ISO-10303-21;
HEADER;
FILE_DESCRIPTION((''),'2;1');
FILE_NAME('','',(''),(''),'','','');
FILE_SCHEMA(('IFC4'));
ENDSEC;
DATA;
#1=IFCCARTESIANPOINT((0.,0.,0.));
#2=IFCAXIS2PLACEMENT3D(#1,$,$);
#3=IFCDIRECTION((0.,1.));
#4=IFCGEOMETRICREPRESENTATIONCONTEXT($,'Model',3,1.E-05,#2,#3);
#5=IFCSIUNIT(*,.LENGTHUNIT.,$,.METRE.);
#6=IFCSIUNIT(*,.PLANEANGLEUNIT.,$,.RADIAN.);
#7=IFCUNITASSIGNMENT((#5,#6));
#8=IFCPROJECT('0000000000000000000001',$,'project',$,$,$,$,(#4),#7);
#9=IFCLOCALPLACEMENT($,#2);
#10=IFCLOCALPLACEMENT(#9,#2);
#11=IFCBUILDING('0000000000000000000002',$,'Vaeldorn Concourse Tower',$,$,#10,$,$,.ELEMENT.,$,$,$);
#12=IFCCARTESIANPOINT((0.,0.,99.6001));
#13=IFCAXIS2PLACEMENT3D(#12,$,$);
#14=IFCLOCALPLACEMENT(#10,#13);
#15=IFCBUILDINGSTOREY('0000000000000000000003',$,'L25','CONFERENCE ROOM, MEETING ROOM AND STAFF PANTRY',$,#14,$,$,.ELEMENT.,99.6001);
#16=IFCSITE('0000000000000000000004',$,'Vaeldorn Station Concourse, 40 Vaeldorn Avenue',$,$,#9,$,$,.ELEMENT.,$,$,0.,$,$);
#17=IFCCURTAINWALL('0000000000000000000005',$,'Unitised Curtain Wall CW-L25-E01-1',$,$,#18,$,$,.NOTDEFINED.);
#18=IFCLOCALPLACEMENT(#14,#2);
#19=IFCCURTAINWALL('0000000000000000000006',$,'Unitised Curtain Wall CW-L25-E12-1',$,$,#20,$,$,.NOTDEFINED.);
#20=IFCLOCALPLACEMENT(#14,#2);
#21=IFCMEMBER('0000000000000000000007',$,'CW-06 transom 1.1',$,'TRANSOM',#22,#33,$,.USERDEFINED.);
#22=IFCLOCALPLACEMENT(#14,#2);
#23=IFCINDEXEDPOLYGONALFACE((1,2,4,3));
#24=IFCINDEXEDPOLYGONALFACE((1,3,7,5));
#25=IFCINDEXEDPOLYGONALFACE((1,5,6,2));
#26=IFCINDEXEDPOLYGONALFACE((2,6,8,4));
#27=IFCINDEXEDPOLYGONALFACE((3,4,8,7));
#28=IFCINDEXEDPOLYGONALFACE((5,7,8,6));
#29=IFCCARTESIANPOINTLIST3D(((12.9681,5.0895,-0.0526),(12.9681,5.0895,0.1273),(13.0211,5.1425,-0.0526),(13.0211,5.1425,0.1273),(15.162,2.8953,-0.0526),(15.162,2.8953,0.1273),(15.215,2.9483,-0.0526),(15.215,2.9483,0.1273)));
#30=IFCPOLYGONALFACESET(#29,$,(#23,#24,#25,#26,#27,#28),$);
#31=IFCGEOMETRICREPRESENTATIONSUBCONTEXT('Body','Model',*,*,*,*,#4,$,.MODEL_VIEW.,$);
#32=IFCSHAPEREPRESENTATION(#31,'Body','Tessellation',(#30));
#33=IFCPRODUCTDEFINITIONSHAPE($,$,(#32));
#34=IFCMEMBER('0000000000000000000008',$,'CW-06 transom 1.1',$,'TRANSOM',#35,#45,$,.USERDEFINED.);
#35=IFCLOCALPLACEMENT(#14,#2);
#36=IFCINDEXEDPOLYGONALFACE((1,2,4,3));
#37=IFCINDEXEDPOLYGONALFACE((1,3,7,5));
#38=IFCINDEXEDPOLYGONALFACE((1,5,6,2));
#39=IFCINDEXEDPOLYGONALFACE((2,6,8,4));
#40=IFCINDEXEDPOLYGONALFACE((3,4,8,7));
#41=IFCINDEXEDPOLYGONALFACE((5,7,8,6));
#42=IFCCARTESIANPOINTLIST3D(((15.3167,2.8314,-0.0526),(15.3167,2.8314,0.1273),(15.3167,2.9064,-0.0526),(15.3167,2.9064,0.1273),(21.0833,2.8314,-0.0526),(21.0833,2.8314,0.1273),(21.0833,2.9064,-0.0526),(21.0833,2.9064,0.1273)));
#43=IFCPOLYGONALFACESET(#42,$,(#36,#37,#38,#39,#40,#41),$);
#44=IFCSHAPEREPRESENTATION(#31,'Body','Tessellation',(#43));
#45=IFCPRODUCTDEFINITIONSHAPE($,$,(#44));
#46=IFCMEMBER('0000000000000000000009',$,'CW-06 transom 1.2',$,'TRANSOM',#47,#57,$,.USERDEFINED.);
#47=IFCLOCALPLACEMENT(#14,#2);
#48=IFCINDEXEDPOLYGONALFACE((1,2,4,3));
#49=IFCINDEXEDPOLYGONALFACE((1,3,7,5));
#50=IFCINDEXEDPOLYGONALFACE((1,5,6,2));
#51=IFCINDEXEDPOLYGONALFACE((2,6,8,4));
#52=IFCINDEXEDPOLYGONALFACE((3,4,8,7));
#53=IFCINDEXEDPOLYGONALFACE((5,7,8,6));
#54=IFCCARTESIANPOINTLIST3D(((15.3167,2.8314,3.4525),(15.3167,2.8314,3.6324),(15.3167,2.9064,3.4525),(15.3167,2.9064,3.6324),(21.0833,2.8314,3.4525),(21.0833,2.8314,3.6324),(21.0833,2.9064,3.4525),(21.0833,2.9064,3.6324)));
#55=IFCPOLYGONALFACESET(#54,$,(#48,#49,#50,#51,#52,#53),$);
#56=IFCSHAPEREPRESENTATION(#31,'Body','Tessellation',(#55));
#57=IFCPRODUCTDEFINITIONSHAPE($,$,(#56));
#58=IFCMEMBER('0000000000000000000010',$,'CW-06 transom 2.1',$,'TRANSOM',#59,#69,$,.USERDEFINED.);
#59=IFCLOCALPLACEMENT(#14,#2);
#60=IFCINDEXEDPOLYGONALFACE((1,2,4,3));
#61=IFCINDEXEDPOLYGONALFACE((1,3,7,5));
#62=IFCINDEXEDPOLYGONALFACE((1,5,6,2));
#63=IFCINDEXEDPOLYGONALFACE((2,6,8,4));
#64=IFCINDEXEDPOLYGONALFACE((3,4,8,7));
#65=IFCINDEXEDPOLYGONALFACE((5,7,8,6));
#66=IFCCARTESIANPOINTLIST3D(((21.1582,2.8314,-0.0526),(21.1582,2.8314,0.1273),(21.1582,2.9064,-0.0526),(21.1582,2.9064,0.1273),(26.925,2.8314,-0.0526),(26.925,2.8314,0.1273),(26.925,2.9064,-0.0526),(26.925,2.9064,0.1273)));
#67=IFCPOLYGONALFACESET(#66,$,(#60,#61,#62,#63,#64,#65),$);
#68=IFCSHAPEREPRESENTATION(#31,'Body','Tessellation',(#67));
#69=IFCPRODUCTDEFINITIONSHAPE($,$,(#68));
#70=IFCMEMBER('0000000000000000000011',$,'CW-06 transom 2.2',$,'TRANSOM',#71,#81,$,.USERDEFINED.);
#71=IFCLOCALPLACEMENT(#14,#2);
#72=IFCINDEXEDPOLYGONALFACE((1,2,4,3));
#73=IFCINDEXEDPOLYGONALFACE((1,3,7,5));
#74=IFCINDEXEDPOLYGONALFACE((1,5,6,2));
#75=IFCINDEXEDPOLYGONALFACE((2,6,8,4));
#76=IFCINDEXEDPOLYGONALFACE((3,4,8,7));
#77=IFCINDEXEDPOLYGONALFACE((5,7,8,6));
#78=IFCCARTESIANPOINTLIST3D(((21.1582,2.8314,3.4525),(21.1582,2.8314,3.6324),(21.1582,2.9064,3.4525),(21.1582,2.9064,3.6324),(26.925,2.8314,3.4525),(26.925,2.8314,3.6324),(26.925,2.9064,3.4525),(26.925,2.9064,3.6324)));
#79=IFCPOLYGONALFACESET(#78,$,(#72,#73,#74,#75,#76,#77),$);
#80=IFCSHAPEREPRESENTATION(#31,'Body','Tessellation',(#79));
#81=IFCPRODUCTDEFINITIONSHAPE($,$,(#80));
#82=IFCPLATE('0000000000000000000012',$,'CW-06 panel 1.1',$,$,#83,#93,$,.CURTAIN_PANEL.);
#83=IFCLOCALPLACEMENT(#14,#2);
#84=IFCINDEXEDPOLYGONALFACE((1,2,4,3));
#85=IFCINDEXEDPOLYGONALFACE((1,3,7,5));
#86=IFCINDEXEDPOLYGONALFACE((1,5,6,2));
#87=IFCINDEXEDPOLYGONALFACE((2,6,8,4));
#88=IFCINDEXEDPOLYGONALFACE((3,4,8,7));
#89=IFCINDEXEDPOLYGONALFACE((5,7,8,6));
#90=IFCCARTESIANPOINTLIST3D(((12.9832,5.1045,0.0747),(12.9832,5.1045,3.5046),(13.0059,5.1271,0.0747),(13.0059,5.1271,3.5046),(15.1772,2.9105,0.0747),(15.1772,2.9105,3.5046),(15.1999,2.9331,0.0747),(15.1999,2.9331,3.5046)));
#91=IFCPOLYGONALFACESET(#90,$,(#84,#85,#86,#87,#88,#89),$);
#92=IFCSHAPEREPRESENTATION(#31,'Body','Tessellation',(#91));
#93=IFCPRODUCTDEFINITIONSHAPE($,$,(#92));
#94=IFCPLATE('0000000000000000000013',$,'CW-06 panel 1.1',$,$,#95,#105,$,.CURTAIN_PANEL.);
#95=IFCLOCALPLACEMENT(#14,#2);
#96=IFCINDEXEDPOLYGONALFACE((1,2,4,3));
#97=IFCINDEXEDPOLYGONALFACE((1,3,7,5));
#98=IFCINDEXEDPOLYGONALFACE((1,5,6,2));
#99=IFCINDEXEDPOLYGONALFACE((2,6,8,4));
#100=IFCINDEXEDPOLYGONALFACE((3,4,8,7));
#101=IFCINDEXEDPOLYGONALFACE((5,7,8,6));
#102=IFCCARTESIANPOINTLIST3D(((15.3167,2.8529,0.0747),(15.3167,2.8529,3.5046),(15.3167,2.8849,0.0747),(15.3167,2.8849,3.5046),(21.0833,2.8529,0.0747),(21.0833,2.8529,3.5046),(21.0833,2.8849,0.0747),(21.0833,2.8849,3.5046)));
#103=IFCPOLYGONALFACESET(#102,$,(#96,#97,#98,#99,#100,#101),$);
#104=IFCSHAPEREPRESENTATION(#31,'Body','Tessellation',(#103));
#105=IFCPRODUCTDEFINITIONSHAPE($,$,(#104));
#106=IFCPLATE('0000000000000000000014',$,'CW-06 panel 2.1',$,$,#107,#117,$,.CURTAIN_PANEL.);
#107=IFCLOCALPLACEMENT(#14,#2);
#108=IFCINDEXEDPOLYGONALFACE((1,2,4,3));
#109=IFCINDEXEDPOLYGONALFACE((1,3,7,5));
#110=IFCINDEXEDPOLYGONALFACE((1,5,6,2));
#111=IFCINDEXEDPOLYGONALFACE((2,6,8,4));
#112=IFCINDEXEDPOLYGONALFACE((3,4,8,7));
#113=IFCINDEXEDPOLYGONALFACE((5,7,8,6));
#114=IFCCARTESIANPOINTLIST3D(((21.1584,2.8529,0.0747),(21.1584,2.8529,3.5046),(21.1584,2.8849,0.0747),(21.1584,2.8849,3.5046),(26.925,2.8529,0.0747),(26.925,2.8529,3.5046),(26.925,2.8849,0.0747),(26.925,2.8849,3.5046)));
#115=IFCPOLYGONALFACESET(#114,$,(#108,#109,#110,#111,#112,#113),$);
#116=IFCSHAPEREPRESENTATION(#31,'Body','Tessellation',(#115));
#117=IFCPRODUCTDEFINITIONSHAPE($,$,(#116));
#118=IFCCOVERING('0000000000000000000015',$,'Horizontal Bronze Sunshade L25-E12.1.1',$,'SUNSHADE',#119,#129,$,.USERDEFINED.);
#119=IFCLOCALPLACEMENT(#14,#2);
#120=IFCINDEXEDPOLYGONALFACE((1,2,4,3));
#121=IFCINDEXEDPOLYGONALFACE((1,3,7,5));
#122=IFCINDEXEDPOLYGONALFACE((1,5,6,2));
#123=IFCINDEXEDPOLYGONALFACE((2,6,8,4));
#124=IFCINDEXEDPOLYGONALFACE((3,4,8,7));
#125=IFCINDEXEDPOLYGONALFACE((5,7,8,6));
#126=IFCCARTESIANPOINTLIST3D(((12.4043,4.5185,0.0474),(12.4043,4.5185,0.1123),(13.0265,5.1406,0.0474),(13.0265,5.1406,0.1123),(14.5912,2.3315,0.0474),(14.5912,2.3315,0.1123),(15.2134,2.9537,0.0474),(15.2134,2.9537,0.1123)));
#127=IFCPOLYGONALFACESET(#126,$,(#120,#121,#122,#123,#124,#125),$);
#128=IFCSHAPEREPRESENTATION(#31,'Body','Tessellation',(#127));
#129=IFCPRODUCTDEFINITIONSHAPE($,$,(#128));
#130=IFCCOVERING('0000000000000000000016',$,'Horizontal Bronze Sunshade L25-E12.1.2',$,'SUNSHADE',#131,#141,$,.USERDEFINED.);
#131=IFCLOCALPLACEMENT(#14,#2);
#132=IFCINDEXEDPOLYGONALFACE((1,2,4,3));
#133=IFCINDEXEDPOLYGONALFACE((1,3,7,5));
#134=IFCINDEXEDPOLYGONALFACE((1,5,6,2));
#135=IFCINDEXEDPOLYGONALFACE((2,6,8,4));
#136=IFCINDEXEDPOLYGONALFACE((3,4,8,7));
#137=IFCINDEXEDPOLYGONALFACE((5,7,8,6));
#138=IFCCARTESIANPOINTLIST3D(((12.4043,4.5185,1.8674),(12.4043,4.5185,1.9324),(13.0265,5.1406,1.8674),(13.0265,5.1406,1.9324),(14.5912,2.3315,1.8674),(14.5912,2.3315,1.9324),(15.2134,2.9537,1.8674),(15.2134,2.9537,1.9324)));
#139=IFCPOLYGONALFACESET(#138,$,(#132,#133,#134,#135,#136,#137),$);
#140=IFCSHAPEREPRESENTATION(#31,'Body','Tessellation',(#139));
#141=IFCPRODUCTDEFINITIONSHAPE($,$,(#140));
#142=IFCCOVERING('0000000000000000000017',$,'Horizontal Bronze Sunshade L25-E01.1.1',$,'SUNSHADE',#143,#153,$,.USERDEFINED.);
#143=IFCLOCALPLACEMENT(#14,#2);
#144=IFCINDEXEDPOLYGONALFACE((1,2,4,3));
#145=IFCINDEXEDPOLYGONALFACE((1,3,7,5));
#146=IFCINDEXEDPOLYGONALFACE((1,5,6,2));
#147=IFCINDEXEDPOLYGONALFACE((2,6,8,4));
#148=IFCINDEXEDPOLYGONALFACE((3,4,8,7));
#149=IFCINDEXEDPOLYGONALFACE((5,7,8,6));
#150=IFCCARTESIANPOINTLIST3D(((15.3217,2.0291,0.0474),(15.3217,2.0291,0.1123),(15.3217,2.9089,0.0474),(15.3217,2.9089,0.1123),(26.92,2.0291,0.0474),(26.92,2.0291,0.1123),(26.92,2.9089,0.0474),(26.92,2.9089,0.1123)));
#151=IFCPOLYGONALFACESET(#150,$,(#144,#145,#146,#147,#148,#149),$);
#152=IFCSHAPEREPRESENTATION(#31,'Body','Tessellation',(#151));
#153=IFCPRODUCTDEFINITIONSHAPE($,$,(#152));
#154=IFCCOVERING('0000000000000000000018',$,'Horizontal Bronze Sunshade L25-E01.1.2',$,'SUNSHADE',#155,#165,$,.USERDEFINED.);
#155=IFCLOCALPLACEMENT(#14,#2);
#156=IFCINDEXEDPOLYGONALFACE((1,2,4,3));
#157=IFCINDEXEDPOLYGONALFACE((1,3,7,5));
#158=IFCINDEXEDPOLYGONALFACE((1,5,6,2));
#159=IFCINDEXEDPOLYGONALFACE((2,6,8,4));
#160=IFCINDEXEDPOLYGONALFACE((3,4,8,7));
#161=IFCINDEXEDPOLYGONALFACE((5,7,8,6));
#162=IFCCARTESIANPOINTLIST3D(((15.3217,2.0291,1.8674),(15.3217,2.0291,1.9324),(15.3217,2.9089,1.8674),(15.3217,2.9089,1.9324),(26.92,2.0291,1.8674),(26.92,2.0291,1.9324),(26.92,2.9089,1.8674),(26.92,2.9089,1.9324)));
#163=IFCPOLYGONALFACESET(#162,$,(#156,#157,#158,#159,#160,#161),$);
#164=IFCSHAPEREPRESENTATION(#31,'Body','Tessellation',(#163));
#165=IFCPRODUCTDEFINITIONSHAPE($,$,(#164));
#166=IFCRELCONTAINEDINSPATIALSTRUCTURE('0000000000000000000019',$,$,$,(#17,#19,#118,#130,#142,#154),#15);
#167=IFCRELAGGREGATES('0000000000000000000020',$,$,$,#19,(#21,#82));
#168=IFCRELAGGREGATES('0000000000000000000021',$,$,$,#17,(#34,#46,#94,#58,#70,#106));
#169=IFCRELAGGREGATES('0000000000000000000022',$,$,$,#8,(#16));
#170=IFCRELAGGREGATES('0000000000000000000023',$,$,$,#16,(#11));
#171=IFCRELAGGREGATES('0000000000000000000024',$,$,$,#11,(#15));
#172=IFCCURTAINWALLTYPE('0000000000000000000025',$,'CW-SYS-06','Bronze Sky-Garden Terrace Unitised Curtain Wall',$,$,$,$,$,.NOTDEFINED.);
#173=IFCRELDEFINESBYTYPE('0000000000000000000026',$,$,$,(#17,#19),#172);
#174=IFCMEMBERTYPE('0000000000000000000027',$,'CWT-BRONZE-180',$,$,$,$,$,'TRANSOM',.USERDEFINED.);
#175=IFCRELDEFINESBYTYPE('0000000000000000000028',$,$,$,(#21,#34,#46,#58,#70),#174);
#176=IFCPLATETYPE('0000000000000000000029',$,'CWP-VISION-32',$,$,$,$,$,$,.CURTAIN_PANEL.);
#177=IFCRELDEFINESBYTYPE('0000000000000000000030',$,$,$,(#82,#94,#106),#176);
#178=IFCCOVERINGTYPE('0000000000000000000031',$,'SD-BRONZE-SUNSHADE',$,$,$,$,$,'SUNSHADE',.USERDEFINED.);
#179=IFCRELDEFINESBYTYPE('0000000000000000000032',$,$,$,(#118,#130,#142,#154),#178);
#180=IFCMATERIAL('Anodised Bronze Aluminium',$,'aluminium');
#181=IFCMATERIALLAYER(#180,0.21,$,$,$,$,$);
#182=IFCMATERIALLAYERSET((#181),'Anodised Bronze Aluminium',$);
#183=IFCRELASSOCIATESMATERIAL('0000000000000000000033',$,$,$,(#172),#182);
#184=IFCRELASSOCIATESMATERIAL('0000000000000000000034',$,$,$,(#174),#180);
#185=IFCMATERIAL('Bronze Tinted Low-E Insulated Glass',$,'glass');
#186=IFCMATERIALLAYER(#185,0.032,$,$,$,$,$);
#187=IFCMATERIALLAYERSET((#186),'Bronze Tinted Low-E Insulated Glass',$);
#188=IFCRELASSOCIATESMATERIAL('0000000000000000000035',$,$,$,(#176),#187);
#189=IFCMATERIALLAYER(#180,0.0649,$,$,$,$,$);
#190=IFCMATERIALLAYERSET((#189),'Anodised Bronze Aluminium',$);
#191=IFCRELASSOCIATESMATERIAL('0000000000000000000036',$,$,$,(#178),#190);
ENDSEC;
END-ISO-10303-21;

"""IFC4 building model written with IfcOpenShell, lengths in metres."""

from ifc_helpers import new_model, si_unit, direction, frame, origin, origin_2d, place, context, subcontext, project, spatial, rectangle, extrude, source, transform, mapped, material, layer, layer_set, material_profile, profile_set, type_object, element, aggregate, save


model = new_model("IFC4")

# Units and contexts
model_context = context("Model", 3, precision=1e-05, world=origin(), true_north=direction((0.0, 1.0)))
body_context = subcontext(model_context, "Body", "Model", "MODEL_VIEW")
ifc_project = project(units=[si_unit("LENGTHUNIT", "METRE"), si_unit("PLANEANGLEUNIT", "RADIAN")], contexts=[model_context])

# Site, building, storey
site_placement = place(None, origin())
site = spatial("IfcSite", under=ifc_project, at=site_placement, Name="Vaeldorn Station Concourse, 40 Vaeldorn Avenue", CompositionType="ELEMENT", RefElevation=0.0)
building_placement = place(site_placement, origin())
building = spatial("IfcBuilding", under=site, at=building_placement, Name="Vaeldorn Concourse Tower", CompositionType="ELEMENT")
storey_placement = place(building_placement, frame((0.0, 0.0, 99.6001)))
storey = spatial("IfcBuildingStorey", under=building, at=storey_placement, Name="L25", Description="CONFERENCE ROOM, MEETING ROOM AND STAFF PANTRY", CompositionType="ELEMENT", Elevation=99.6001)

# Curtain wall
ifc_material_1 = material(Name="Anodised Bronze Aluminium", Category="aluminium")
ifc_layer_1 = layer(ifc_material_1, 0.21)
ifc_layer_set_1 = layer_set([ifc_layer_1], Name="Anodised Bronze Aluminium")
curtain_wall_type = type_object("IfcCurtainWallType", Name="CW-SYS-06", Description="Bronze Sky-Garden Terrace Unitised Curtain Wall", PredefinedType="NOTDEFINED", material=ifc_layer_set_1)
curtain_wall_1_placement = place(storey_placement, origin())
curtain_wall_1 = element("IfcCurtainWall", 1, at=curtain_wall_1_placement, inside=storey, type_object=curtain_wall_type, Name="Unitised Curtain Wall CW-L25-E01-1", PredefinedType="NOTDEFINED")

# Curtain wall
curtain_wall_2_placement = place(storey_placement, origin())
curtain_wall_2 = element("IfcCurtainWall", 2, at=curtain_wall_2_placement, inside=storey, type_object=curtain_wall_type, Name="Unitised Curtain Wall CW-L25-E12-1", PredefinedType="NOTDEFINED")

# Members
ifc_material_profile_1 = material_profile(ifc_material_1, rectangle(XDim=0.075, YDim=0.1799, at=origin_2d()), Name="CWT 75x180")
ifc_profile_set_1 = profile_set([ifc_material_profile_1], Name="Anodised Bronze Aluminium")
member_type_1 = type_object("IfcMemberType", Name="CWT-BRONZE-180", ElementType="TRANSOM", PredefinedType="USERDEFINED", material=ifc_profile_set_1)
shared_shape_1 = source(origin(), body_context, "Body", "SweptSolid", [
    extrude(rectangle(XDim=0.075, YDim=0.1799, at=origin_2d()), origin(), (0.0, 0.0, 1.0), 3.1028),
])
member_1_placement = place(storey_placement, frame((12.9946, 5.116, 0.0374), z_axis=(0.707067, -0.707146, 0.0), x_axis=(0.707146, 0.707067, 0.0)))
member_1 = element("IfcMember", 3, at=member_1_placement, type_object=member_type_1, Name="CW-06 transom 1.1", ObjectType="TRANSOM", PredefinedType="USERDEFINED", context=body_context, shape_type="MappedRepresentation", body=[
    mapped(shared_shape_1, transform((0.0, 0.0, 0.0), scale=1.0)),
])
shared_shape_2 = source(origin(), body_context, "Body", "SweptSolid", [
    extrude(rectangle(XDim=0.075, YDim=0.1799, at=origin_2d()), origin(), (0.0, 0.0, 1.0), 5.7666),
])
member_2_placement = place(storey_placement, frame((15.3167, 2.8689, 0.0374), z_axis=(1.0, 0.0, 0.0), x_axis=(0.0, 1.0, 0.0)))
member_2 = element("IfcMember", 4, at=member_2_placement, type_object=member_type_1, Name="CW-06 transom 1.1", ObjectType="TRANSOM", PredefinedType="USERDEFINED", context=body_context, shape_type="MappedRepresentation", body=[
    mapped(shared_shape_2, transform((0.0, 0.0, 0.0), scale=1.0)),
])
member_3_placement = place(storey_placement, frame((15.3167, 2.8689, 3.5425), z_axis=(1.0, 0.0, 0.0), x_axis=(0.0, 1.0, 0.0)))
member_3 = element("IfcMember", 5, at=member_3_placement, type_object=member_type_1, Name="CW-06 transom 1.2", ObjectType="TRANSOM", PredefinedType="USERDEFINED", context=body_context, shape_type="MappedRepresentation", body=[
    mapped(shared_shape_2, transform((0.0, 0.0, 0.0), scale=1.0)),
])
shared_shape_3 = source(origin(), body_context, "Body", "SweptSolid", [
    extrude(rectangle(XDim=0.075, YDim=0.1799, at=origin_2d()), origin(), (0.0, 0.0, 1.0), 5.7668),
])
member_4_placement = place(storey_placement, frame((21.1582, 2.8689, 0.0374), z_axis=(1.0, 0.0, 0.0), x_axis=(0.0, 1.0, 0.0)))
member_4 = element("IfcMember", 6, at=member_4_placement, type_object=member_type_1, Name="CW-06 transom 2.1", ObjectType="TRANSOM", PredefinedType="USERDEFINED", context=body_context, shape_type="MappedRepresentation", body=[
    mapped(shared_shape_3, transform((0.0, 0.0, 0.0), scale=1.0)),
])
member_5_placement = place(storey_placement, frame((21.1582, 2.8689, 3.5425), z_axis=(1.0, 0.0, 0.0), x_axis=(0.0, 1.0, 0.0)))
member_5 = element("IfcMember", 7, at=member_5_placement, type_object=member_type_1, Name="CW-06 transom 2.2", ObjectType="TRANSOM", PredefinedType="USERDEFINED", context=body_context, shape_type="MappedRepresentation", body=[
    mapped(shared_shape_3, transform((0.0, 0.0, 0.0), scale=1.0)),
])

# Plates
ifc_material_2 = material(Name="Bronze Tinted Low-E Insulated Glass", Category="glass")
ifc_layer_2 = layer(ifc_material_2, 0.032)
ifc_layer_set_2 = layer_set([ifc_layer_2], Name="Bronze Tinted Low-E Insulated Glass")
plate_type = type_object("IfcPlateType", Name="CWP-VISION-32", PredefinedType="CURTAIN_PANEL", material=ifc_layer_set_2)
shared_shape_4 = source(origin(), body_context, "Body", "SweptSolid", [
    extrude(rectangle(XDim=3.1028, YDim=0.032, at=origin_2d()), origin(), (0.0, 0.0, 1.0), 3.4299),
])
plate_1_placement = place(storey_placement, frame((14.0916, 4.0188, 0.0747), z_axis=(0.0, 0.0, 1.0), x_axis=(0.707107, -0.707107, 0.0)))
plate_1 = element("IfcPlate", 8, at=plate_1_placement, type_object=plate_type, Name="CW-06 panel 1.1", PredefinedType="CURTAIN_PANEL", context=body_context, shape_type="MappedRepresentation", body=[
    mapped(shared_shape_4, transform((0.0, 0.0, 0.0), scale=1.0)),
])
aggregate(curtain_wall_2, [member_1, plate_1])
shared_shape_5 = source(origin(), body_context, "Body", "SweptSolid", [
    extrude(rectangle(XDim=5.7666, YDim=0.032, at=origin_2d()), origin(), (0.0, 0.0, 1.0), 3.4299),
])
plate_2_placement = place(storey_placement, frame((18.2, 2.8689, 0.0747), z_axis=(0.0, 0.0, 1.0), x_axis=(1.0, 0.0, 0.0)))
plate_2 = element("IfcPlate", 9, at=plate_2_placement, type_object=plate_type, Name="CW-06 panel 1.1", PredefinedType="CURTAIN_PANEL", context=body_context, shape_type="MappedRepresentation", body=[
    mapped(shared_shape_5, transform((0.0, 0.0, 0.0), scale=1.0)),
])
plate_3_placement = place(storey_placement, frame((24.0417, 2.8689, 0.0747), z_axis=(0.0, 0.0, 1.0), x_axis=(1.0, 0.0, 0.0)))
plate_3 = element("IfcPlate", 10, at=plate_3_placement, type_object=plate_type, Name="CW-06 panel 2.1", PredefinedType="CURTAIN_PANEL", context=body_context, shape_type="MappedRepresentation", body=[
    mapped(shared_shape_5, transform((0.0, 0.0, 0.0), scale=1.0)),
])
aggregate(curtain_wall_1, [member_2, member_3, plate_2, member_4, member_5, plate_3])

# Coverings
ifc_layer_3 = layer(ifc_material_1, 0.0649)
ifc_layer_set_3 = layer_set([ifc_layer_3], Name="Anodised Bronze Aluminium")
covering_type = type_object("IfcCoveringType", Name="SD-BRONZE-SUNSHADE", ElementType="SUNSHADE", PredefinedType="USERDEFINED", material=ifc_layer_set_3)
shared_shape_6 = source(origin(), body_context, "Body", "SweptSolid", [
    extrude(rectangle(XDim=3.0928, YDim=0.8799, at=origin_2d()), origin(), (0.0, 0.0, 1.0), 0.0649),
])
for number, where, z_axis, x_axis, name in (
    (11, (13.8088, 3.7361, 0.0474), (0.0, 0.0, 1.0), (0.707107, -0.707107, 0.0), "Horizontal Bronze Sunshade L25-E12.1.1"),
    (12, (13.8088, 3.7361, 1.8674), (0.0, 0.0, 1.0), (0.707107, -0.707107, 0.0), "Horizontal Bronze Sunshade L25-E12.1.2"),
):
    element("IfcCovering", number, at=place(storey_placement, frame(where, z_axis=z_axis, x_axis=x_axis)), inside=storey, type_object=covering_type, Name=name, ObjectType="SUNSHADE", PredefinedType="USERDEFINED", context=body_context, shape_type="MappedRepresentation", body=[
        mapped(shared_shape_6, transform((0.0, 0.0, 0.0), scale=1.0)),
    ])
shared_shape_7 = source(origin(), body_context, "Body", "SweptSolid", [
    extrude(rectangle(XDim=11.5984, YDim=0.8799, at=origin_2d()), origin(), (0.0, 0.0, 1.0), 0.0649),
])
for number, where, z_axis, x_axis, name in (
    (13, (21.1208, 2.469, 0.0474), (0.0, 0.0, 1.0), (1.0, 0.0, 0.0), "Horizontal Bronze Sunshade L25-E01.1.1"),
    (14, (21.1208, 2.469, 1.8674), (0.0, 0.0, 1.0), (1.0, 0.0, 0.0), "Horizontal Bronze Sunshade L25-E01.1.2"),
):
    element("IfcCovering", number, at=place(storey_placement, frame(where, z_axis=z_axis, x_axis=x_axis)), inside=storey, type_object=covering_type, Name=name, ObjectType="SUNSHADE", PredefinedType="USERDEFINED", context=body_context, shape_type="MappedRepresentation", body=[
        mapped(shared_shape_7, transform((0.0, 0.0, 0.0), scale=1.0)),
    ])

save(model, "model.ifc")
